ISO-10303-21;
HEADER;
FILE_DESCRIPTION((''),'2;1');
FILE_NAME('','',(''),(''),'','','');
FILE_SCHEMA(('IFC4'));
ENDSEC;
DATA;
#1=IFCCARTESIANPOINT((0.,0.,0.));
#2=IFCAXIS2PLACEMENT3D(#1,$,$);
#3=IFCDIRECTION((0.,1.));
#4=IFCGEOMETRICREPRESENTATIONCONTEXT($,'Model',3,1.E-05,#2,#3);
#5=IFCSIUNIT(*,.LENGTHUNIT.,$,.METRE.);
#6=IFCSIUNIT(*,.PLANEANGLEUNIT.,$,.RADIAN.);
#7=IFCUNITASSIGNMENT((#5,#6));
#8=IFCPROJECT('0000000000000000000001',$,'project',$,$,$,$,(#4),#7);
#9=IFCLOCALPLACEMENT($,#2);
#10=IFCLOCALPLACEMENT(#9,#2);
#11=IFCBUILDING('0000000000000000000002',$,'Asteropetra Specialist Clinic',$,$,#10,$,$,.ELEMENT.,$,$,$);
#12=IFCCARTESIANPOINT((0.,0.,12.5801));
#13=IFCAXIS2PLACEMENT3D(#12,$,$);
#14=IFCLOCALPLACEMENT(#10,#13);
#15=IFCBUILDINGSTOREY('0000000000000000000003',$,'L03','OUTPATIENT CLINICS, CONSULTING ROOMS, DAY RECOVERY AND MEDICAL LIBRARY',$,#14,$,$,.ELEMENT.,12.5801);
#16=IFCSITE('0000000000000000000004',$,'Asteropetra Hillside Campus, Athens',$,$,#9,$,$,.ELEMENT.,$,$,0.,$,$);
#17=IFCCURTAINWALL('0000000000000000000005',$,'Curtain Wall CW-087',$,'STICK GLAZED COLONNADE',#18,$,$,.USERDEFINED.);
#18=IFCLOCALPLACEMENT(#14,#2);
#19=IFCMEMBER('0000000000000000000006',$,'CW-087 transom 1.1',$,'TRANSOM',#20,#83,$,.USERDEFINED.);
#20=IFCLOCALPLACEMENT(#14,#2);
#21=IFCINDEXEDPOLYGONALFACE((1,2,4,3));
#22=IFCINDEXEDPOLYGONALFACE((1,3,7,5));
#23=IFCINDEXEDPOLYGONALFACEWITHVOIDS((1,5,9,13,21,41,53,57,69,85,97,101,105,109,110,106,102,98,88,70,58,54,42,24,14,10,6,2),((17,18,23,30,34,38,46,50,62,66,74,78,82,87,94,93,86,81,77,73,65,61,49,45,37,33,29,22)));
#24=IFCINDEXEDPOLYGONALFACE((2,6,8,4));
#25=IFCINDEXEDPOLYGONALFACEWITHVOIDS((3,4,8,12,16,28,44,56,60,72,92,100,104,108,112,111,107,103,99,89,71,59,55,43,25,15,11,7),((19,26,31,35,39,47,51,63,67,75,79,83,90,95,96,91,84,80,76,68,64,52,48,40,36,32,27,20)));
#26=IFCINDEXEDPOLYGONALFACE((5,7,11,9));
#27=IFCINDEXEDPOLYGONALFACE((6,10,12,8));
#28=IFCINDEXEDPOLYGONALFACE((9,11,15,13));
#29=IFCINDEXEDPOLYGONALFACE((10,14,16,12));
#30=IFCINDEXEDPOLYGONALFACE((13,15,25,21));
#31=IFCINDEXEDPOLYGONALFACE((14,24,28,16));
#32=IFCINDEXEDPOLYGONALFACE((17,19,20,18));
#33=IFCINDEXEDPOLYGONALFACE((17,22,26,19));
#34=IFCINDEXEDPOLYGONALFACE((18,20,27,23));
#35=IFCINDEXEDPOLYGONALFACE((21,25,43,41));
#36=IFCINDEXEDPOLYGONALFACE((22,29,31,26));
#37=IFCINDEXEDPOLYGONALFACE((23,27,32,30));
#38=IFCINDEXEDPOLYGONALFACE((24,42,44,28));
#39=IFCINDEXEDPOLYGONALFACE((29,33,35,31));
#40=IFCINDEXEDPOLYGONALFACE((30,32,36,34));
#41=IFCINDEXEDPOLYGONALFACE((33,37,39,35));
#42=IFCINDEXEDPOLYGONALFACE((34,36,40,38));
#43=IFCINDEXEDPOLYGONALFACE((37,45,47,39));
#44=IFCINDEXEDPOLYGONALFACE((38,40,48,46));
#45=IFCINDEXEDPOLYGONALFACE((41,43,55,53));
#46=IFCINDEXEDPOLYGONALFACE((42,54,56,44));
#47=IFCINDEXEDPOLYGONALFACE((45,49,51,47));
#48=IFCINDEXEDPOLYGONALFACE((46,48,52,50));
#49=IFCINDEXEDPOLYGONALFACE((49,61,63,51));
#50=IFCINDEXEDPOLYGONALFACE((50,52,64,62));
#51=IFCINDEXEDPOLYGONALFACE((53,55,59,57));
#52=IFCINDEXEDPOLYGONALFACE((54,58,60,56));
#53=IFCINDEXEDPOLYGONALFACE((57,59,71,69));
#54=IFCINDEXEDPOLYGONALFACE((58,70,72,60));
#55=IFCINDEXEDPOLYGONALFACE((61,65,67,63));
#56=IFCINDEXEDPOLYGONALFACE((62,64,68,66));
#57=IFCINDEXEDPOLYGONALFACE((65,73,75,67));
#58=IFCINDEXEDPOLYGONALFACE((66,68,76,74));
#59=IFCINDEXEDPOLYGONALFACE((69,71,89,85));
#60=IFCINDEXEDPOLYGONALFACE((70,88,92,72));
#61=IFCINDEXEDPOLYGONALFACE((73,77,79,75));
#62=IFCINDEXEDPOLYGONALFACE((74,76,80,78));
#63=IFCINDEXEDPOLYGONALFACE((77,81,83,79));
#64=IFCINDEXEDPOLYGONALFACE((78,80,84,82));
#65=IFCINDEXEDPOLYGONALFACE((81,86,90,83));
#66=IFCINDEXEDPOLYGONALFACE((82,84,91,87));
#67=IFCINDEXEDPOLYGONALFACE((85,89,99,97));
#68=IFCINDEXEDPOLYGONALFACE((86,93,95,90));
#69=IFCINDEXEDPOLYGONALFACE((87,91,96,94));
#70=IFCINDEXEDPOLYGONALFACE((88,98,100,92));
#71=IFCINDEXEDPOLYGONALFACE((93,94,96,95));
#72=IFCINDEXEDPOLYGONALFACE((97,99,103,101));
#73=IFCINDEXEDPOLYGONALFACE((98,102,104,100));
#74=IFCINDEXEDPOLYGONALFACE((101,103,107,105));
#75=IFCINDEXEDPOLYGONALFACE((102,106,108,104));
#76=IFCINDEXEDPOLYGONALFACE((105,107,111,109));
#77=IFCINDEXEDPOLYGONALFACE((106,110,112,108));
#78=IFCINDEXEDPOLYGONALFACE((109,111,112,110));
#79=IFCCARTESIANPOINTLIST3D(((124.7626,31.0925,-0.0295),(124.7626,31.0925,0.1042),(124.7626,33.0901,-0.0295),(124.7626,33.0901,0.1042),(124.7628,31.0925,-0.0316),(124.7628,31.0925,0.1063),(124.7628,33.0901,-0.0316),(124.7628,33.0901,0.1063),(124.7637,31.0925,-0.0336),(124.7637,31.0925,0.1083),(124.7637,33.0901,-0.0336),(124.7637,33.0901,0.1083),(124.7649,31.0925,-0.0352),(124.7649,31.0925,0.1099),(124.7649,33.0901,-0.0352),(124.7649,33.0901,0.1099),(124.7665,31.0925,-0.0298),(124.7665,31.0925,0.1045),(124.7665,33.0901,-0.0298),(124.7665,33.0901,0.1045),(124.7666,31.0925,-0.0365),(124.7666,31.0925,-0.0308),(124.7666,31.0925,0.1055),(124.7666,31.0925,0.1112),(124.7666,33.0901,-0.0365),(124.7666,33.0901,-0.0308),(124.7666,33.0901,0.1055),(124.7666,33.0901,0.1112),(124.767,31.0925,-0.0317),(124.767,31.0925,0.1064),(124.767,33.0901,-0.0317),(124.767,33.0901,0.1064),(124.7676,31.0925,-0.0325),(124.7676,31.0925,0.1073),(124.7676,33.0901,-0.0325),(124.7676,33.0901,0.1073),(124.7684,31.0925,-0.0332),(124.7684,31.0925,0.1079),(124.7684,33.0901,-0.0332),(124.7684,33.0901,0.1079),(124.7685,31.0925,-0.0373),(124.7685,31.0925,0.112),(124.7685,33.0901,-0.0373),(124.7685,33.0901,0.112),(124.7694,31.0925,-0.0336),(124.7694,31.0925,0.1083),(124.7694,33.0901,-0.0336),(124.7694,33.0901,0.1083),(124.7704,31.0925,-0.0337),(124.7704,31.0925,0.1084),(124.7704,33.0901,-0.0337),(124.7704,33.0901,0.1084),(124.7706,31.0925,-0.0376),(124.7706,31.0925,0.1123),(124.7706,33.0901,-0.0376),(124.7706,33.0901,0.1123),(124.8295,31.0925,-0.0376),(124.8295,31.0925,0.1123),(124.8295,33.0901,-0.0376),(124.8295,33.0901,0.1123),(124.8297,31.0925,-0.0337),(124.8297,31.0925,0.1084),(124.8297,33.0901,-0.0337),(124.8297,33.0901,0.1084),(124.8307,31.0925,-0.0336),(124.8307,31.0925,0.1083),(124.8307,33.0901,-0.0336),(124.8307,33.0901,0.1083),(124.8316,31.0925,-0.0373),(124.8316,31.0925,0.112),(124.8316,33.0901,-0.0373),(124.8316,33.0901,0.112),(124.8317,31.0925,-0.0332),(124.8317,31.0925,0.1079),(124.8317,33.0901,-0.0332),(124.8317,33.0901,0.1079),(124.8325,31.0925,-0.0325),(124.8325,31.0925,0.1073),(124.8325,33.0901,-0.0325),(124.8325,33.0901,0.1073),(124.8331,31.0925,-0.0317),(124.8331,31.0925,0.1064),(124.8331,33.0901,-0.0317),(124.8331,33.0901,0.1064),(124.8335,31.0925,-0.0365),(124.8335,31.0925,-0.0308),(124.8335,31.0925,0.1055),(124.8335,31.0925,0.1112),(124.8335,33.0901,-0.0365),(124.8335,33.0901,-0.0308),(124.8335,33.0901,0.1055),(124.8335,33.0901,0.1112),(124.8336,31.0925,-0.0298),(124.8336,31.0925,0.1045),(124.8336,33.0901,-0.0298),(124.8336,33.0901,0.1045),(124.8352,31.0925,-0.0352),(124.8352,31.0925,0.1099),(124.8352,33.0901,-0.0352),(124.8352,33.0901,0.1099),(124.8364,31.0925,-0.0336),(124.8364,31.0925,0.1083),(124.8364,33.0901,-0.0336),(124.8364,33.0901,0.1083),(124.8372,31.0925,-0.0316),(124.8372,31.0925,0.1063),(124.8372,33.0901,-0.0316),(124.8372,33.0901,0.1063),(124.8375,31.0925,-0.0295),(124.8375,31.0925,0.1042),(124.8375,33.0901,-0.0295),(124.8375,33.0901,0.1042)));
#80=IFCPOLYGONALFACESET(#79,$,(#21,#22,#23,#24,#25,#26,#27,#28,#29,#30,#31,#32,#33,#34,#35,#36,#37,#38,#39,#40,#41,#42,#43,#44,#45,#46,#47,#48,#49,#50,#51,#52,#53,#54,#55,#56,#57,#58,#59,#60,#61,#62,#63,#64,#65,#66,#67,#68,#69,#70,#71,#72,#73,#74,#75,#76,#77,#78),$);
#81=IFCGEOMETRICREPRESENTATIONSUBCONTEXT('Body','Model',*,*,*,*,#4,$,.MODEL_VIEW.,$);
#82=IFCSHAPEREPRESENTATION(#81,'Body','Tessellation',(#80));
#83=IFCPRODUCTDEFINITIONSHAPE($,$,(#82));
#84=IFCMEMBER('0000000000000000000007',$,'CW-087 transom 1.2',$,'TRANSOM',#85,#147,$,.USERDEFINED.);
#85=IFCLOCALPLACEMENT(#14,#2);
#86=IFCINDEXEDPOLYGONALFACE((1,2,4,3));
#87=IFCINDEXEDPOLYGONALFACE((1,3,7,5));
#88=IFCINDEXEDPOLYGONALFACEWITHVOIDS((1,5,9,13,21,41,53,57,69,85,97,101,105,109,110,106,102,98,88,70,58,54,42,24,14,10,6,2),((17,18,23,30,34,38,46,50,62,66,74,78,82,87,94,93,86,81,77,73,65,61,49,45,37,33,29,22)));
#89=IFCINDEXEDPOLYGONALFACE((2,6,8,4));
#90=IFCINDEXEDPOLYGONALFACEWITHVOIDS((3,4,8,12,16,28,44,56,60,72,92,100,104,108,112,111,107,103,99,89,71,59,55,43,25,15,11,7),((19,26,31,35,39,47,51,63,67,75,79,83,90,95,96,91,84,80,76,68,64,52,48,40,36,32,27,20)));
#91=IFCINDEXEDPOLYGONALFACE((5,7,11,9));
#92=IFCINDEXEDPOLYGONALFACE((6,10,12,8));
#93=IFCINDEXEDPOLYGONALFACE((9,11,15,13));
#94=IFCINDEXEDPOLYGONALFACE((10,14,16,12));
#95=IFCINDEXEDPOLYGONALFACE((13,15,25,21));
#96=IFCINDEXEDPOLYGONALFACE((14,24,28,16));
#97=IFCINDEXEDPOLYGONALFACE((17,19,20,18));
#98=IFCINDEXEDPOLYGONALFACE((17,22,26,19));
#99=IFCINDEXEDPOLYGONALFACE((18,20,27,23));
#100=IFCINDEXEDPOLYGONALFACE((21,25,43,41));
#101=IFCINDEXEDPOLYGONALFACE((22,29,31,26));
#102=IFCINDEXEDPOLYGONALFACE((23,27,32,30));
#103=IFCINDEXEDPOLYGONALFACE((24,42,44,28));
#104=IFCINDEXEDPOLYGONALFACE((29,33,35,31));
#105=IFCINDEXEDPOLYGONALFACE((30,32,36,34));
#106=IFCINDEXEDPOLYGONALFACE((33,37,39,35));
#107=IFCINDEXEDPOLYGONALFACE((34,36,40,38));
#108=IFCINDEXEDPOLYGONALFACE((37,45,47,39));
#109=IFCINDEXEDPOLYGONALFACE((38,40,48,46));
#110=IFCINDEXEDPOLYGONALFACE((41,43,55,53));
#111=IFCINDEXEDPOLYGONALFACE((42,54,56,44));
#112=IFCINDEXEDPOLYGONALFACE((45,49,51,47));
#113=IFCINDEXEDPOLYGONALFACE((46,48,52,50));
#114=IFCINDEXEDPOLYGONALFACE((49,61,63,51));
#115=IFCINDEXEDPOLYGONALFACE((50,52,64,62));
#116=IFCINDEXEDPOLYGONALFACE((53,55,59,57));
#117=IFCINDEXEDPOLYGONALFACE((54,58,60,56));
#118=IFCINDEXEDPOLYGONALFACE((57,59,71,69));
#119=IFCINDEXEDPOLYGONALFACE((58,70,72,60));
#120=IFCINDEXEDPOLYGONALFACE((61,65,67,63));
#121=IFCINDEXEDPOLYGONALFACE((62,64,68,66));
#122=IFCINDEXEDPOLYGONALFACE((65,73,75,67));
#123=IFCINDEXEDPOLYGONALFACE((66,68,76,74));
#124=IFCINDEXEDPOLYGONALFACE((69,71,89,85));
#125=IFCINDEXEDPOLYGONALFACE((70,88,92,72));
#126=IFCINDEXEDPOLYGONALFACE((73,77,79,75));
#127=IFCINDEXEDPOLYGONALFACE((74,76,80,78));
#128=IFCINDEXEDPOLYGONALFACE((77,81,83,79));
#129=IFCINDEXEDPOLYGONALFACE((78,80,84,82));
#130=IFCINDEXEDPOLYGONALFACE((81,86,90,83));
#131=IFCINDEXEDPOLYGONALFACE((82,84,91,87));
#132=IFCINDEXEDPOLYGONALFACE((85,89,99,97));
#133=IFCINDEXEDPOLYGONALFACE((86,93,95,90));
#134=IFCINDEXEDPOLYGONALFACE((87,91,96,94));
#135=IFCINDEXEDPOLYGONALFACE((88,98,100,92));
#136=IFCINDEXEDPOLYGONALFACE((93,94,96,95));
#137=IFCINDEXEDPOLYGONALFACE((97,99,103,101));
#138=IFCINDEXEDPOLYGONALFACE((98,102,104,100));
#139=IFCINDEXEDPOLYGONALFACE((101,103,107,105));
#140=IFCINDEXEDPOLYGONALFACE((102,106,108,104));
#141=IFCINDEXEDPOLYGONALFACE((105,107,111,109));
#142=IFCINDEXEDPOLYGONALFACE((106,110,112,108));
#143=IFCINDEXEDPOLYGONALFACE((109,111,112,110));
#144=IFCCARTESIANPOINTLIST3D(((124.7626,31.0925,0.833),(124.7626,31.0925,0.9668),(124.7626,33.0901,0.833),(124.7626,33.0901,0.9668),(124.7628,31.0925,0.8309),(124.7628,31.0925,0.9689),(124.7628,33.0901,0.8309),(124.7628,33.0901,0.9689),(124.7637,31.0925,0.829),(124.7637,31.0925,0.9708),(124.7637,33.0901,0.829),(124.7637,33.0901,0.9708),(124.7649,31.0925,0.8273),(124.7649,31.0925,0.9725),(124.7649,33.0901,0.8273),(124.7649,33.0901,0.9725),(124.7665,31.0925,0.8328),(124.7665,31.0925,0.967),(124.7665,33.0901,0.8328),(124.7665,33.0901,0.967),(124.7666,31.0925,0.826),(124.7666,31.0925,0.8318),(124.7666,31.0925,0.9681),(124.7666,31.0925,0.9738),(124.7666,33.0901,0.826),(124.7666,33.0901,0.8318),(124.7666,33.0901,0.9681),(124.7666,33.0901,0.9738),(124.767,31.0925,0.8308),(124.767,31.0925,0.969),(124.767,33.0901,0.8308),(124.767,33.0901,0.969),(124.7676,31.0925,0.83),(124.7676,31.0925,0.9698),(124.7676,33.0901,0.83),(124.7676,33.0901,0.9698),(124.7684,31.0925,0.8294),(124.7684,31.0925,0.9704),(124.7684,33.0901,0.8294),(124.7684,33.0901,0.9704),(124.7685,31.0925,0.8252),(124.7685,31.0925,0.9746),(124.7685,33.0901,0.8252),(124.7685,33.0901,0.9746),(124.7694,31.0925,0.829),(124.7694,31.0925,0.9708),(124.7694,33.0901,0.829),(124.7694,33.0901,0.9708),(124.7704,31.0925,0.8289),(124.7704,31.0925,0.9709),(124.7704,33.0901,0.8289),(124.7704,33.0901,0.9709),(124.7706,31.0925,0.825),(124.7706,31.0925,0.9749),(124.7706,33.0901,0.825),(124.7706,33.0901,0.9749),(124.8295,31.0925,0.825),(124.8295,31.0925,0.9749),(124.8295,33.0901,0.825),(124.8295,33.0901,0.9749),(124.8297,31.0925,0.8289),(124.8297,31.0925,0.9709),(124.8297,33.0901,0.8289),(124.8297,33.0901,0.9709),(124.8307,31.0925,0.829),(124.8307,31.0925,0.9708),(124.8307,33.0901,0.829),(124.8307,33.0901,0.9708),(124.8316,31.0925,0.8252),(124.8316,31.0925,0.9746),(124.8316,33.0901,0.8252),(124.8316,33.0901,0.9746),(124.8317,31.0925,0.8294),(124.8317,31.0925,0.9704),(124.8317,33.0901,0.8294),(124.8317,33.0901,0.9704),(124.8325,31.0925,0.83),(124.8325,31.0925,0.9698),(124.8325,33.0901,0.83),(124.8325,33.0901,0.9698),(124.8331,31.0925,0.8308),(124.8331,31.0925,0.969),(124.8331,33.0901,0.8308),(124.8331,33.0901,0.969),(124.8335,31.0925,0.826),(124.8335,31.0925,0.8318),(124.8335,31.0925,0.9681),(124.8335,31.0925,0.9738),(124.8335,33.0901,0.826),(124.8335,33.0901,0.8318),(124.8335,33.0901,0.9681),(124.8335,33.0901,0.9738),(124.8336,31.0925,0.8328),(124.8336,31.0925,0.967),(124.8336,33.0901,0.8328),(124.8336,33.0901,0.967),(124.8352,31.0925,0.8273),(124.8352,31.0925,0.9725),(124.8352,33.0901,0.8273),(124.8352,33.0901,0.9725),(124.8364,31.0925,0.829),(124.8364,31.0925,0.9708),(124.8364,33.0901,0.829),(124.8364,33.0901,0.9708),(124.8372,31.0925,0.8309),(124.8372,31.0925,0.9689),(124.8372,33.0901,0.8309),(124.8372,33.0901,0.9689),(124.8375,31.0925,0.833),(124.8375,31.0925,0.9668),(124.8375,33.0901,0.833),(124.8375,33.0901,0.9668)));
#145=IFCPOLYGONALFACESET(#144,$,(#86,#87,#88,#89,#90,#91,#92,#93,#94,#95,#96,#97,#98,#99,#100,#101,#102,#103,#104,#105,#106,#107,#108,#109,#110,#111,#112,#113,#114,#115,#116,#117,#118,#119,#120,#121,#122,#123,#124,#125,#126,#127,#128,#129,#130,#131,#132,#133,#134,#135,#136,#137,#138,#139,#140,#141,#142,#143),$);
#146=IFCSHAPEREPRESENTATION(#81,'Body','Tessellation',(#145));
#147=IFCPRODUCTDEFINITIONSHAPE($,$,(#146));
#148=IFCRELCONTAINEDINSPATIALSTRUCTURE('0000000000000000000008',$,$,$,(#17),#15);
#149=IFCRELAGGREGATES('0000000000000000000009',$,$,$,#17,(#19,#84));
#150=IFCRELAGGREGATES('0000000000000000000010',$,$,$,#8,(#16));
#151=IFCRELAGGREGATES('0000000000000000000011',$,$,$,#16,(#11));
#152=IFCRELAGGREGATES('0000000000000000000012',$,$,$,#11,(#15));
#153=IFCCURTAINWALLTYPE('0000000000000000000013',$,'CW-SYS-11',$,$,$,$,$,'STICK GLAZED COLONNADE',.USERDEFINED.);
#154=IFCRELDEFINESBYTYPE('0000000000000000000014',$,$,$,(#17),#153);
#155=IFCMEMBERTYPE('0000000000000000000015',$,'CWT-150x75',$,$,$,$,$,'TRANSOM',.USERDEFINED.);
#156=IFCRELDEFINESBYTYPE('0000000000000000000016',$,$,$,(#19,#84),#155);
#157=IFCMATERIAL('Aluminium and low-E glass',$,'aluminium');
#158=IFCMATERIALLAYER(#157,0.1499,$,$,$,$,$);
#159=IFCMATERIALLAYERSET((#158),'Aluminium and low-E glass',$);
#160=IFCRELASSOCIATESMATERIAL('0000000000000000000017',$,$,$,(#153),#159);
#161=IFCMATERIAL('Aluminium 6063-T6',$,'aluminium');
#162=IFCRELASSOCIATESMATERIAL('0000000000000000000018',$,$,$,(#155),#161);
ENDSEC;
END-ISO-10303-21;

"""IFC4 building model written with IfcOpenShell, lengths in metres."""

from ifc_helpers import new_model, si_unit, direction, frame, origin, origin_2d, place, context, subcontext, project, spatial, hollow_rectangle, extrude, material, layer, layer_set, material_profile, profile_set, type_object, element, aggregate, save


model = new_model("IFC4")

# Units and contexts
model_context = context("Model", 3, precision=1e-05, world=origin(), true_north=direction((0.0, 1.0)))
body_context = subcontext(model_context, "Body", "Model", "MODEL_VIEW")
ifc_project = project(units=[si_unit("LENGTHUNIT", "METRE"), si_unit("PLANEANGLEUNIT", "RADIAN")], contexts=[model_context])

# Site, building, storey
site_placement = place(None, origin())
site = spatial("IfcSite", under=ifc_project, at=site_placement, Name="Asteropetra Hillside Campus, Athens", CompositionType="ELEMENT", RefElevation=0.0)
building_placement = place(site_placement, origin())
building = spatial("IfcBuilding", under=site, at=building_placement, Name="Asteropetra Specialist Clinic", CompositionType="ELEMENT")
storey_placement = place(building_placement, frame((0.0, 0.0, 12.5801)))
storey = spatial("IfcBuildingStorey", under=building, at=storey_placement, Name="L03", Description="OUTPATIENT CLINICS, CONSULTING ROOMS, DAY RECOVERY AND MEDICAL LIBRARY", CompositionType="ELEMENT", Elevation=12.5801)

# Curtain wall
ifc_material_1 = material(Name="Aluminium and low-E glass", Category="aluminium")
ifc_layer_1 = layer(ifc_material_1, 0.1499)
ifc_layer_set_1 = layer_set([ifc_layer_1], Name="Aluminium and low-E glass")
curtain_wall_type_1 = type_object("IfcCurtainWallType", Name="CW-SYS-11", ElementType="STICK GLAZED COLONNADE", PredefinedType="USERDEFINED", material=ifc_layer_set_1)
curtain_wall_1_placement = place(storey_placement, origin())
curtain_wall_1 = element("IfcCurtainWall", 1, at=curtain_wall_1_placement, inside=storey, type_object=curtain_wall_type_1, Name="Curtain Wall CW-087", ObjectType="STICK GLAZED COLONNADE", PredefinedType="USERDEFINED")

# Members
ifc_material_2 = material(Name="Aluminium 6063-T6", Category="aluminium")
ifc_material_profile_1 = material_profile(ifc_material_2, hollow_rectangle(XDim=0.075, YDim=0.1499, WallThickness=0.0039, InnerFilletRadius=0.0039, OuterFilletRadius=0.0081, at=origin_2d()), Name="TRN 150x75x4.0")
ifc_profile_set_1 = profile_set([ifc_material_profile_1], Name="Aluminium 6063-T6")
member_type_1 = type_object("IfcMemberType", Name="CWT-150x75", ElementType="TRANSOM", PredefinedType="USERDEFINED", material=ifc_profile_set_1)
member_1_placement = place(storey_placement, frame((124.8, 33.0901, 0.0374), z_axis=(0.0, -1.0, 0.0), x_axis=(1.0, 0.0, 0.0)))
member_1 = element("IfcMember", 2, at=member_1_placement, type_object=member_type_1, Name="CW-087 transom 1.1", ObjectType="TRANSOM", PredefinedType="USERDEFINED", context=body_context, shape_type="SweptSolid", body=[
    extrude(hollow_rectangle(XDim=0.075, YDim=0.1499, WallThickness=0.0039, InnerFilletRadius=0.0039, OuterFilletRadius=0.0081, at=origin_2d()), origin(), (0.0, 0.0, 1.0), 1.9976),
])
member_2_placement = place(storey_placement, frame((124.8, 33.0901, 0.8999), z_axis=(0.0, -1.0, 0.0), x_axis=(1.0, 0.0, 0.0)))
member_2 = element("IfcMember", 3, at=member_2_placement, type_object=member_type_1, Name="CW-087 transom 1.2", ObjectType="TRANSOM", PredefinedType="USERDEFINED", context=body_context, shape_type="SweptSolid", body=[
    extrude(hollow_rectangle(XDim=0.075, YDim=0.1499, WallThickness=0.0039, InnerFilletRadius=0.0039, OuterFilletRadius=0.0081, at=origin_2d()), origin(), (0.0, 0.0, 1.0), 1.9976),
])

aggregate(curtain_wall_1, [member_1, member_2])

save(model, "model.ifc")
